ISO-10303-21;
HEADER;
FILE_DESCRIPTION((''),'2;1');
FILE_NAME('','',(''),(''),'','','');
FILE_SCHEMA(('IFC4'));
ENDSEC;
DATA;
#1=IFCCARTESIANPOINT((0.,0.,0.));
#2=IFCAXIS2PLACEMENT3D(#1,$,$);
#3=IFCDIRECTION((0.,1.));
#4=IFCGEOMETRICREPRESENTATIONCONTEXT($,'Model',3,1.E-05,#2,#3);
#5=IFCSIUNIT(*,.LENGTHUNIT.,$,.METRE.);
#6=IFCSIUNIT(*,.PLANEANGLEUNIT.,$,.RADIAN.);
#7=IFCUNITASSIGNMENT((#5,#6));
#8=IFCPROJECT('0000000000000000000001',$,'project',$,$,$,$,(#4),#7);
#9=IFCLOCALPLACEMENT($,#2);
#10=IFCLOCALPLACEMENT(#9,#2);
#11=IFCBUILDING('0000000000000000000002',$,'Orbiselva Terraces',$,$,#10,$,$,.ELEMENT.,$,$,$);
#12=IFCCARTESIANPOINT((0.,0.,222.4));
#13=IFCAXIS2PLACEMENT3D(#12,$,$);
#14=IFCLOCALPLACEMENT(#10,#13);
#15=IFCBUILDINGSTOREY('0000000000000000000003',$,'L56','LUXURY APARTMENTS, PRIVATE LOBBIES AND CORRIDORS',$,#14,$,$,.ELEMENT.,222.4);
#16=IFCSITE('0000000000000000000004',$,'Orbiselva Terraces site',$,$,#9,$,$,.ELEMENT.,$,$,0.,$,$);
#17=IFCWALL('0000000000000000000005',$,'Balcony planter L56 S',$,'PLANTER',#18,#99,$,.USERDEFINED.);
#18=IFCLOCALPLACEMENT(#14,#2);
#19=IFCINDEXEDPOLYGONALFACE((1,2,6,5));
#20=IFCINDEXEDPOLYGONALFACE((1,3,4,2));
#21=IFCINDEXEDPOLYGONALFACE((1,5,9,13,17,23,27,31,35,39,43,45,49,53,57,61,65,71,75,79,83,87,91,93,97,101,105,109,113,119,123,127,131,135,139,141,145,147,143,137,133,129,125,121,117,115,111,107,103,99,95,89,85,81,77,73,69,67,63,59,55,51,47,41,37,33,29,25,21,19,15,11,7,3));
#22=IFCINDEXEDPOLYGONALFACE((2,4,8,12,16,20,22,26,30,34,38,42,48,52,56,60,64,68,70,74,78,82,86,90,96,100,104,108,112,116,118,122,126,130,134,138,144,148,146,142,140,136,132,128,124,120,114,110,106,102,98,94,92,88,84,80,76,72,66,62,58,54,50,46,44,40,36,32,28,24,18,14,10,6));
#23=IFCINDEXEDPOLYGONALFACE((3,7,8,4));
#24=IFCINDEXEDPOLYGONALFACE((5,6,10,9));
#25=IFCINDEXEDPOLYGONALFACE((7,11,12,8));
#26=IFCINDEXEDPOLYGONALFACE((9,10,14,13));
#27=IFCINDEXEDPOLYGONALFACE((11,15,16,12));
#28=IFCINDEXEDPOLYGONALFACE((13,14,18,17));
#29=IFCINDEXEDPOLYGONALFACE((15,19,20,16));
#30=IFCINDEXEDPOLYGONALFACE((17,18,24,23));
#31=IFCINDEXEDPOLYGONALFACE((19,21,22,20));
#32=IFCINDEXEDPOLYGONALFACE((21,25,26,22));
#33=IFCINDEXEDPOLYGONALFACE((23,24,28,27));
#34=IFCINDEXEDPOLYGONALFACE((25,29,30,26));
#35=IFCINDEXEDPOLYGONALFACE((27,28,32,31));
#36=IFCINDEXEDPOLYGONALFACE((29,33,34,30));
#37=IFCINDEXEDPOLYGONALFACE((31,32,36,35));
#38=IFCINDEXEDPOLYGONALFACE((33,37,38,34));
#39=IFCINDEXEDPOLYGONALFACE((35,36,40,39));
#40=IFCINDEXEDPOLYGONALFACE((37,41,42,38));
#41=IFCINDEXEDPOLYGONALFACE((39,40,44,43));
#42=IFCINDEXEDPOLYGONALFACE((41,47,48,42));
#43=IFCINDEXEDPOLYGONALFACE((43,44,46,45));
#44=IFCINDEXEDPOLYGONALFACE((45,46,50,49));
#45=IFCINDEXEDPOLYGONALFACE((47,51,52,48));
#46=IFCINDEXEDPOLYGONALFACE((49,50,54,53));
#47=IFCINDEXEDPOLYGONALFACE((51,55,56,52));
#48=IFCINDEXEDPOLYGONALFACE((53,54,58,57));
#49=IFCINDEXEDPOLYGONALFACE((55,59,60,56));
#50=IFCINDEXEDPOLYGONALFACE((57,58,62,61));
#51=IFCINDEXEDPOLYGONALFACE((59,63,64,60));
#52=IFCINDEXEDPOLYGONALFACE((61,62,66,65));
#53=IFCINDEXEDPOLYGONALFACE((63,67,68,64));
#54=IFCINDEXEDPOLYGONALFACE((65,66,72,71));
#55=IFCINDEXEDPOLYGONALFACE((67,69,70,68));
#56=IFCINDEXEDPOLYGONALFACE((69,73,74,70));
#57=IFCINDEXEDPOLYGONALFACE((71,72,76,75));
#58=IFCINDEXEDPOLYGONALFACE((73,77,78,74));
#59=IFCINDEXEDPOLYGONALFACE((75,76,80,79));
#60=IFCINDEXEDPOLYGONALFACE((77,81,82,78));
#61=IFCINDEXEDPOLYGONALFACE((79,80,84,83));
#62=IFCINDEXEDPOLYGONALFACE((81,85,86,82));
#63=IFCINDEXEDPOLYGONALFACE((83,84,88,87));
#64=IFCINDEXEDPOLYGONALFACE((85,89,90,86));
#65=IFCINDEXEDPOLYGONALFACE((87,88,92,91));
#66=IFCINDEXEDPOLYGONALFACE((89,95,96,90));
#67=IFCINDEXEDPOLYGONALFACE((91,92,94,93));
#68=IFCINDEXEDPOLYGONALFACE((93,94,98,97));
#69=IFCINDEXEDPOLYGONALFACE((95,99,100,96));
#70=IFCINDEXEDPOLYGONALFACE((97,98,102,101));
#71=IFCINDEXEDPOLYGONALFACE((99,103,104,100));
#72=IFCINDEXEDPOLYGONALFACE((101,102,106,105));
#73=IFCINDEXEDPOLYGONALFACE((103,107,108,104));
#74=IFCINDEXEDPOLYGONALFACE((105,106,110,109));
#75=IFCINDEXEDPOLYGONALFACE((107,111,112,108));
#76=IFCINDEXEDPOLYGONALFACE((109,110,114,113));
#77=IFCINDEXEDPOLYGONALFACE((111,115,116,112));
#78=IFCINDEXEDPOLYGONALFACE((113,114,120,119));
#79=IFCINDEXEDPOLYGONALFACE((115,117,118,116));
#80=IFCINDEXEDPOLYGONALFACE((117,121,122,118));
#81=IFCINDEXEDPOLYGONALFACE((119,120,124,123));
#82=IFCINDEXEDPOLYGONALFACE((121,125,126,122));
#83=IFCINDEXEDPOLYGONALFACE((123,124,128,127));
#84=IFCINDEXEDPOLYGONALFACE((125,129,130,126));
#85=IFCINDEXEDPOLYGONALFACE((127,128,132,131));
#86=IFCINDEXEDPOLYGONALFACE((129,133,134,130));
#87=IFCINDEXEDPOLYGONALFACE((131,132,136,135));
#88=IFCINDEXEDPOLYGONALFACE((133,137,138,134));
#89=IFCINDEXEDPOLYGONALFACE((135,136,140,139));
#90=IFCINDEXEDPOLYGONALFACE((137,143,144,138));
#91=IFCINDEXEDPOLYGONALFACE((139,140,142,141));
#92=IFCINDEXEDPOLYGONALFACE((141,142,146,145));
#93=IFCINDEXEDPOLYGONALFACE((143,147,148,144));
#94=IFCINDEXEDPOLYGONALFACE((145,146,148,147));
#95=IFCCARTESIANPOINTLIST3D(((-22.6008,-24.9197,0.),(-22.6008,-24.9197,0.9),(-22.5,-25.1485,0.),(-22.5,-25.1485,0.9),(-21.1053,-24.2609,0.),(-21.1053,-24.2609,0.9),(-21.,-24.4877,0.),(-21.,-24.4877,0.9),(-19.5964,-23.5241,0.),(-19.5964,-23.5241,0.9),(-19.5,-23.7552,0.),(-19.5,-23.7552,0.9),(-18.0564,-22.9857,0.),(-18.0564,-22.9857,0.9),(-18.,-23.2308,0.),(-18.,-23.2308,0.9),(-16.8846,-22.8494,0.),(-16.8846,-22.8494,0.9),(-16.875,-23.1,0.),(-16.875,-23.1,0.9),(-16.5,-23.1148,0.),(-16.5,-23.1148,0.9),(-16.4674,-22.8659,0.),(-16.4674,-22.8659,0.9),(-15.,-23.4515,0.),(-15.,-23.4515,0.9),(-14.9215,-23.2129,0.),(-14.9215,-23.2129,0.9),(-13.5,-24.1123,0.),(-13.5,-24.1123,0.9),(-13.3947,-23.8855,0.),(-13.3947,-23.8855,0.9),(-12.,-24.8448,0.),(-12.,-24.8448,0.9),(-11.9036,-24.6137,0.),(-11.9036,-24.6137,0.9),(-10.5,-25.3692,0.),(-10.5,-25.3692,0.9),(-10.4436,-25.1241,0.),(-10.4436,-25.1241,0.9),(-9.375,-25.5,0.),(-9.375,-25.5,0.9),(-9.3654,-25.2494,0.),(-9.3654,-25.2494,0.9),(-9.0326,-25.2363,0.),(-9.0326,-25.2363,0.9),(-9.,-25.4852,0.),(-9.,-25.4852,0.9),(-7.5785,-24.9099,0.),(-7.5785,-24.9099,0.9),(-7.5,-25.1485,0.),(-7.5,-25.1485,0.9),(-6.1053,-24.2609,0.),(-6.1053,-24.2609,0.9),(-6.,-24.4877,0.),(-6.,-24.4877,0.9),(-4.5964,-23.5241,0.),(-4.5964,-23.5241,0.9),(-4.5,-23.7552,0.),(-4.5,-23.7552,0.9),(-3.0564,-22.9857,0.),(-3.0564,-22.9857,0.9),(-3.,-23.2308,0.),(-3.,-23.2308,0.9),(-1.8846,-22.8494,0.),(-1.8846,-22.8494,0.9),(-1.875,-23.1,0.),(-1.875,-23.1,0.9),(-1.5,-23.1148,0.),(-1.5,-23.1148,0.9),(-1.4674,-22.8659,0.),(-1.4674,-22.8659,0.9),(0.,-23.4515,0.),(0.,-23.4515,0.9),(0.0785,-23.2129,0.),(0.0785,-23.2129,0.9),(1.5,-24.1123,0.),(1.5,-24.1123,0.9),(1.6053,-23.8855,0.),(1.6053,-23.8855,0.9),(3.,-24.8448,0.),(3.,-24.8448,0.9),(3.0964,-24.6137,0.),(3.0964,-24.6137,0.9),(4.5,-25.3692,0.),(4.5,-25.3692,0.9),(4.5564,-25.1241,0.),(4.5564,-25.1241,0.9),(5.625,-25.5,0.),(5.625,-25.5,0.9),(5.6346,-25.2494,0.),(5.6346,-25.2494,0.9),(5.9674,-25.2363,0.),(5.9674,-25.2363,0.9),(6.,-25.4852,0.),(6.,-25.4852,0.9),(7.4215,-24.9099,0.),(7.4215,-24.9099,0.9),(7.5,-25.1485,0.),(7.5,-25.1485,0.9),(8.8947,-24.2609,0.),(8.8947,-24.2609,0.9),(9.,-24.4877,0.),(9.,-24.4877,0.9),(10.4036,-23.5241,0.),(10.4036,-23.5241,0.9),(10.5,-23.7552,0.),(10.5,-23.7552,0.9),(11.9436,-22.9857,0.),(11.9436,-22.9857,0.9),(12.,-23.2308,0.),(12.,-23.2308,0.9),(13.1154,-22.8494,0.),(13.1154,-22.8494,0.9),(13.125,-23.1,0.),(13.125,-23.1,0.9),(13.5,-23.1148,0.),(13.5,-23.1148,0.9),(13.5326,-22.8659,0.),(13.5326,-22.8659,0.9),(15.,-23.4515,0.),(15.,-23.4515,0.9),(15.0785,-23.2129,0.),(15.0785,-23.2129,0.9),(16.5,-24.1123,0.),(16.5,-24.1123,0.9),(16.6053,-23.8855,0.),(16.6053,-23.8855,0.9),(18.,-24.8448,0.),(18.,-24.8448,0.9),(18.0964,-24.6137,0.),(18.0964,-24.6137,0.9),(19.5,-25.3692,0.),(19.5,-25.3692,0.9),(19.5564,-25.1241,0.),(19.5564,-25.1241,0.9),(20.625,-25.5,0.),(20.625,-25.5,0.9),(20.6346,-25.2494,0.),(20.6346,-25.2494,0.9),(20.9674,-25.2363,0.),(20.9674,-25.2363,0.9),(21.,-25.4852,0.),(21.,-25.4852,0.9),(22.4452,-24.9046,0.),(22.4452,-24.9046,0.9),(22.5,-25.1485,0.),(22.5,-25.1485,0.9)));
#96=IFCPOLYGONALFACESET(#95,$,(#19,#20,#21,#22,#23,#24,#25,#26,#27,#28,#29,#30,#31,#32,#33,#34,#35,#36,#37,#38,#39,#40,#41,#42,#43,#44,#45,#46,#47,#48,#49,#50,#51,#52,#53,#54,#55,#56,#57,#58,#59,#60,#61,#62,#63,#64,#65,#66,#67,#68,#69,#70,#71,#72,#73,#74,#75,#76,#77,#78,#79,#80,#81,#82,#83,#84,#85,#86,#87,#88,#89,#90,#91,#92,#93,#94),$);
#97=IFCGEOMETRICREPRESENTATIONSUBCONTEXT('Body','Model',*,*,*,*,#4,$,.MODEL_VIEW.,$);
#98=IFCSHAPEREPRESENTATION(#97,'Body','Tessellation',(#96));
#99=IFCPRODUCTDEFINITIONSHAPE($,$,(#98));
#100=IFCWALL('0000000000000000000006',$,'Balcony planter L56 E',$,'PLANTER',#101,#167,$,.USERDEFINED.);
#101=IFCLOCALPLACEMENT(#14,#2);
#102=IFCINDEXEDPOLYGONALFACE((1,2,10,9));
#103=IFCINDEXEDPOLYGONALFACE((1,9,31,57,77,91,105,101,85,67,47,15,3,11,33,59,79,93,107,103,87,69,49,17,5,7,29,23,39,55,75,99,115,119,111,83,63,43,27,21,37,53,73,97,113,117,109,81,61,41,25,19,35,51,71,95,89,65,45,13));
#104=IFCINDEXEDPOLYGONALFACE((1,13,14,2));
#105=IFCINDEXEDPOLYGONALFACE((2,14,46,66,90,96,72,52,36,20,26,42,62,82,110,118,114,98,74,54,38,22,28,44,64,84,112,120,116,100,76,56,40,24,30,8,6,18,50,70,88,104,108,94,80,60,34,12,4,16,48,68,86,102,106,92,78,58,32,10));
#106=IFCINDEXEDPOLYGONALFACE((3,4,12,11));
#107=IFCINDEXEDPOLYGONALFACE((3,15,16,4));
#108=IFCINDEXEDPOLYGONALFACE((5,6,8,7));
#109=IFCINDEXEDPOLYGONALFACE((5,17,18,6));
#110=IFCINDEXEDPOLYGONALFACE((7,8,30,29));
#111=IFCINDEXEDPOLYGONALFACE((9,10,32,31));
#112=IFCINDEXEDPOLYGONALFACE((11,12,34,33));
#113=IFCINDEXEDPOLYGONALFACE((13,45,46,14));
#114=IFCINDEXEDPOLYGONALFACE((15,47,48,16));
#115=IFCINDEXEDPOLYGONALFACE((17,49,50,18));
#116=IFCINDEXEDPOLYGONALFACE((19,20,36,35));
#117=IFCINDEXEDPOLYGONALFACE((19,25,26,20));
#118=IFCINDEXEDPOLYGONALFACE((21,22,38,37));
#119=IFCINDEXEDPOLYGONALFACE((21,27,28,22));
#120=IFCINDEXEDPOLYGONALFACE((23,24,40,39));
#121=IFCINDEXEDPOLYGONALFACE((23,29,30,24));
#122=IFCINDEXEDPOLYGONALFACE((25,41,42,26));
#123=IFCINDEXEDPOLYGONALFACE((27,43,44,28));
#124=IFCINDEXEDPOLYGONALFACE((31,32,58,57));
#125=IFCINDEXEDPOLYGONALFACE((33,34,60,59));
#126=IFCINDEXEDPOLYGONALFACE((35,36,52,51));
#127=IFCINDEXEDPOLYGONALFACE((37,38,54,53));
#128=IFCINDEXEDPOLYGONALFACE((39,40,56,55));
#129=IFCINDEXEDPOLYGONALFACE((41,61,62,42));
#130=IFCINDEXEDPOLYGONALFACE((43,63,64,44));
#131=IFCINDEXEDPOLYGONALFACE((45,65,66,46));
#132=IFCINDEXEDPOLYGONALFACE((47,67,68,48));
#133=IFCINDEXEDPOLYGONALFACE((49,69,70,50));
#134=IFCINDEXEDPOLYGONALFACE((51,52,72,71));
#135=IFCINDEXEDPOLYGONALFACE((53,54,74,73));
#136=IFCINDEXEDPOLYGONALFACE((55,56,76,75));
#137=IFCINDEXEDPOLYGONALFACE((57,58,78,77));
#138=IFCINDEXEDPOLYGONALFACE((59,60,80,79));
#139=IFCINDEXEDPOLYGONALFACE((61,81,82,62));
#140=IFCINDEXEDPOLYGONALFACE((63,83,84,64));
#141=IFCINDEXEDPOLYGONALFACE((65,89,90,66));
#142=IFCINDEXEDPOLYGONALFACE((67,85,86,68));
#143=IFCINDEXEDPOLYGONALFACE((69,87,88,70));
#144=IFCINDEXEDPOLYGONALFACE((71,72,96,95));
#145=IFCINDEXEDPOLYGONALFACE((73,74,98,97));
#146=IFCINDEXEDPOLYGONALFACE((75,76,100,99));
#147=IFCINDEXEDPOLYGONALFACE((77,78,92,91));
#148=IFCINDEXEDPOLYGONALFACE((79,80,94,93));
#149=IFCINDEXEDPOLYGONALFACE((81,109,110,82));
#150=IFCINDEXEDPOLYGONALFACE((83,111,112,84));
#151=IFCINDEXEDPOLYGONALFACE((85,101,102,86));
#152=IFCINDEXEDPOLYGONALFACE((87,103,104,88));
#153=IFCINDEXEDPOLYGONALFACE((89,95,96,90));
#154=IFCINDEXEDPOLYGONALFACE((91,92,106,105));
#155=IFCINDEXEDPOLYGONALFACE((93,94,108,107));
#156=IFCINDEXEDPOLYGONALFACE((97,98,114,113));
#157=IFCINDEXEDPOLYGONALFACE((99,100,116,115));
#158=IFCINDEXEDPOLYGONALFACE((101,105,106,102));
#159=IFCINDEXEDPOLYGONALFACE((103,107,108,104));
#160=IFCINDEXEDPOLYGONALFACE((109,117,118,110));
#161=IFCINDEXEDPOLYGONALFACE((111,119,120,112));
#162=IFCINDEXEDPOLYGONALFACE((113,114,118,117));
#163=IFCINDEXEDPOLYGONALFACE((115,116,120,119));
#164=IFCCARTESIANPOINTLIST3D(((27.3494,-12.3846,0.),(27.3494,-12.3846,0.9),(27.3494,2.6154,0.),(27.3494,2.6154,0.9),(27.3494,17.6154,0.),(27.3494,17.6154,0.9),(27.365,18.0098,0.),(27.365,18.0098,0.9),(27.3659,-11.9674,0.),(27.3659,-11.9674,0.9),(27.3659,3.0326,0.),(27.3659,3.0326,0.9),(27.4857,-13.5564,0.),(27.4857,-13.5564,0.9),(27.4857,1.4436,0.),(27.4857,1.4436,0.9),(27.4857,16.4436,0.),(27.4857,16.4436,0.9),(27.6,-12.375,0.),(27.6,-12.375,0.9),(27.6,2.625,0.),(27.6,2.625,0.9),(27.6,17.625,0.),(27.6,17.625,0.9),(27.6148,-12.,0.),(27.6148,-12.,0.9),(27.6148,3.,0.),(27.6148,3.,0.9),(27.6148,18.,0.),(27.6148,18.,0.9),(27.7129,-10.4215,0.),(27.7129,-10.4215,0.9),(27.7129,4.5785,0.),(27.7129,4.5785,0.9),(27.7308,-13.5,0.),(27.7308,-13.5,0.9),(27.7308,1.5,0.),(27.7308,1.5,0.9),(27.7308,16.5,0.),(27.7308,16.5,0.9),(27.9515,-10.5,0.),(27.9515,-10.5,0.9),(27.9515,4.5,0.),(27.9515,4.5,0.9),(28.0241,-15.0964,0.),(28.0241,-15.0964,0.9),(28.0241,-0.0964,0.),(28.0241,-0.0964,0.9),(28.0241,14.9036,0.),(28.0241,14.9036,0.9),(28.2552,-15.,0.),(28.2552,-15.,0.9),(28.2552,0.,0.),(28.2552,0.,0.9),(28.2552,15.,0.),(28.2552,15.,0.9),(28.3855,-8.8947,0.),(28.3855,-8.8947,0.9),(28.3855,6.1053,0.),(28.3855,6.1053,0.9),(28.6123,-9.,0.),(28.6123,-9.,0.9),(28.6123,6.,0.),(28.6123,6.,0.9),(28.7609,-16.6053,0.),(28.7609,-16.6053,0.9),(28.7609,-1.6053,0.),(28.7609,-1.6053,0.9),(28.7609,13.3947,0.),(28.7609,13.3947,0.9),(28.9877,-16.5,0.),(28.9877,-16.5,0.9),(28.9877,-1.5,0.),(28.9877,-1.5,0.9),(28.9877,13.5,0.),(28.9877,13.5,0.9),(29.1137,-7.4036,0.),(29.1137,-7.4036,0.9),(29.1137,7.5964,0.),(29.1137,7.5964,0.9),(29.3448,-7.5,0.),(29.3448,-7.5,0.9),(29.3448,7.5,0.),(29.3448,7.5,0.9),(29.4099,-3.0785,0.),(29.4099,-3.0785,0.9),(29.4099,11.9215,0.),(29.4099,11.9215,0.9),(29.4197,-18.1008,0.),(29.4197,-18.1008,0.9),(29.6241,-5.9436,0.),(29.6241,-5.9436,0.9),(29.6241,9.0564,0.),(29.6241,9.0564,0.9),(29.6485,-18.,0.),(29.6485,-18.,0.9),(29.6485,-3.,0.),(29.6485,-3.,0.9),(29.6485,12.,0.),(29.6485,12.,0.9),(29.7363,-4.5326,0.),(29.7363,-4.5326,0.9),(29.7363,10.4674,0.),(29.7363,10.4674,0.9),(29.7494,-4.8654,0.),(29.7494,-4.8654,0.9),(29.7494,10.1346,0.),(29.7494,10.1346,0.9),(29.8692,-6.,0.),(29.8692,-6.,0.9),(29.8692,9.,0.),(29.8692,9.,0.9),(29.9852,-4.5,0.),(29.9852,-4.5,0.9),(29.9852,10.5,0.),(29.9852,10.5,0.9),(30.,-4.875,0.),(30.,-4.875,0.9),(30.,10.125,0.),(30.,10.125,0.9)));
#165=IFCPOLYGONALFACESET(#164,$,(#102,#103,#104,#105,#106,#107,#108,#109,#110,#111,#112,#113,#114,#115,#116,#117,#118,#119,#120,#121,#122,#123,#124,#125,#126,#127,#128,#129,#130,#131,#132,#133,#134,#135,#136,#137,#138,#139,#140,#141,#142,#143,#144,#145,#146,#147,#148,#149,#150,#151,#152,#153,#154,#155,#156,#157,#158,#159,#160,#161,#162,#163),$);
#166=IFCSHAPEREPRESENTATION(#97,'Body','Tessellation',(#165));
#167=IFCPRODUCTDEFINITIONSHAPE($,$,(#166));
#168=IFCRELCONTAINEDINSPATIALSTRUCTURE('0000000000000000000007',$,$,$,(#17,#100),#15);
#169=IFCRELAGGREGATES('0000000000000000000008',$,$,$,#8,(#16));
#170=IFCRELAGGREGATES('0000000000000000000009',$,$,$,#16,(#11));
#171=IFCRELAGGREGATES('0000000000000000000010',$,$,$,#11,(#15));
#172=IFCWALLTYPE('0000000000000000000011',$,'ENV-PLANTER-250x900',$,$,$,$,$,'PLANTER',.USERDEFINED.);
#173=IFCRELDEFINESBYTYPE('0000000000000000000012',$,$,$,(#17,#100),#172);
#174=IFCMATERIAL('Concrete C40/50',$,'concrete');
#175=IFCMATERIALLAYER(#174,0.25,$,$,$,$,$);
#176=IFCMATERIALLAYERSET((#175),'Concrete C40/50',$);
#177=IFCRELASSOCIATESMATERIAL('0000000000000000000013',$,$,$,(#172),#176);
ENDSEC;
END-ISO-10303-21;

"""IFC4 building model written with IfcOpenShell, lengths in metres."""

from ifc_helpers import new_model, si_unit, direction, frame, origin, place, context, subcontext, project, spatial, polyline, outline, extrude, material, layer, layer_set, type_object, element, save


model = new_model("IFC4")

# Units and contexts
model_context = context("Model", 3, precision=1e-05, world=origin(), true_north=direction((0.0, 1.0)))
body_context = subcontext(model_context, "Body", "Model", "MODEL_VIEW")
ifc_project = project(units=[si_unit("LENGTHUNIT", "METRE"), si_unit("PLANEANGLEUNIT", "RADIAN")], contexts=[model_context])

# Site, building, storey
site_placement = place(None, origin())
site = spatial("IfcSite", under=ifc_project, at=site_placement, Name="Orbiselva Terraces site", CompositionType="ELEMENT", RefElevation=0.0)
building_placement = place(site_placement, origin())
building = spatial("IfcBuilding", under=site, at=building_placement, Name="Orbiselva Terraces", CompositionType="ELEMENT")
storey_placement = place(building_placement, frame((0.0, 0.0, 222.4)))
storey = spatial("IfcBuildingStorey", under=building, at=storey_placement, Name="L56", Description="LUXURY APARTMENTS, PRIVATE LOBBIES AND CORRIDORS", CompositionType="ELEMENT", Elevation=222.4)

# Walls
ifc_material_1 = material(Name="Concrete C40/50", Category="concrete")
ifc_layer_1 = layer(ifc_material_1, 0.25)
ifc_layer_set_1 = layer_set([ifc_layer_1], Name="Concrete C40/50")
wall_type_1 = type_object("IfcWallType", Name="ENV-PLANTER-250x900", ElementType="PLANTER", PredefinedType="USERDEFINED", material=ifc_layer_set_1)
wall_1_placement = place(storey_placement, origin())
element("IfcWall", 1, at=wall_1_placement, inside=storey, type_object=wall_type_1, Name="Balcony planter L56 S", ObjectType="PLANTER", PredefinedType="USERDEFINED", context=body_context, shape_type="SweptSolid", body=[
    extrude(outline(polyline([(-22.5, -25.1485), (-21.0, -24.4877), (-19.5, -23.7552), (-18.0, -23.2308), (-16.875, -23.1), (-16.5, -23.1148), (-15.0, -23.4515), (-13.5, -24.1123), (-12.0, -24.8448), (-10.5, -25.3692), (-9.375, -25.5), (-9.0, -25.4852), (-7.5, -25.1485), (-6.0, -24.4877), (-4.5, -23.7552), (-3.0, -23.2308), (-1.875, -23.1), (-1.5, -23.1148), (0.0, -23.4515), (1.5, -24.1123), (3.0, -24.8448), (4.5, -25.3692), (5.625, -25.5), (6.0, -25.4852), (7.5, -25.1485), (9.0, -24.4877), (10.5, -23.7552), (12.0, -23.2308), (13.125, -23.1), (13.5, -23.1148), (15.0, -23.4515), (16.5, -24.1123), (18.0, -24.8448), (19.5, -25.3692), (20.625, -25.5), (21.0, -25.4852), (22.5, -25.1485), (22.4452, -24.9046), (20.9674, -25.2363), (20.6346, -25.2494), (19.5564, -25.1241), (18.0964, -24.6137), (16.6053, -23.8855), (15.0785, -23.2129), (13.5326, -22.8659), (13.1154, -22.8494), (11.9436, -22.9857), (10.4036, -23.5241), (8.8947, -24.2609), (7.4215, -24.9099), (5.9674, -25.2363), (5.6346, -25.2494), (4.5564, -25.1241), (3.0964, -24.6137), (1.6053, -23.8855), (0.0785, -23.2129), (-1.4674, -22.8659), (-1.8846, -22.8494), (-3.0564, -22.9857), (-4.5964, -23.5241), (-6.1053, -24.2609), (-7.5785, -24.9099), (-9.0326, -25.2363), (-9.3654, -25.2494), (-10.4436, -25.1241), (-11.9036, -24.6137), (-13.3947, -23.8855), (-14.9215, -23.2129), (-16.4674, -22.8659), (-16.8846, -22.8494), (-18.0564, -22.9857), (-19.5964, -23.5241), (-21.1053, -24.2609), (-22.6008, -24.9197), (-22.5, -25.1485)])), origin(), (0.0, 0.0, 1.0), 0.9),
])
wall_2_placement = place(storey_placement, origin())
element("IfcWall", 2, at=wall_2_placement, inside=storey, type_object=wall_type_1, Name="Balcony planter L56 E", ObjectType="PLANTER", PredefinedType="USERDEFINED", context=body_context, shape_type="SweptSolid", body=[
    extrude(outline(polyline([(29.6485, -18.0), (28.9877, -16.5), (28.2552, -15.0), (27.7308, -13.5), (27.6, -12.375), (27.6148, -12.0), (27.9515, -10.5), (28.6123, -9.0), (29.3448, -7.5), (29.8692, -6.0), (30.0, -4.875), (29.9852, -4.5), (29.6485, -3.0), (28.9877, -1.5), (28.2552, 0.0), (27.7308, 1.5), (27.6, 2.625), (27.6148, 3.0), (27.9515, 4.5), (28.6123, 6.0), (29.3448, 7.5), (29.8692, 9.0), (30.0, 10.125), (29.9852, 10.5), (29.6485, 12.0), (28.9877, 13.5), (28.2552, 15.0), (27.7308, 16.5), (27.6, 17.625), (27.6148, 18.0), (27.365, 18.0098), (27.3494, 17.6154), (27.4857, 16.4436), (28.0241, 14.9036), (28.7609, 13.3947), (29.4099, 11.9215), (29.7363, 10.4674), (29.7494, 10.1346), (29.6241, 9.0564), (29.1137, 7.5964), (28.3855, 6.1053), (27.7129, 4.5785), (27.3659, 3.0326), (27.3494, 2.6154), (27.4857, 1.4436), (28.0241, -0.0964), (28.7609, -1.6053), (29.4099, -3.0785), (29.7363, -4.5326), (29.7494, -4.8654), (29.6241, -5.9436), (29.1137, -7.4036), (28.3855, -8.8947), (27.7129, -10.4215), (27.3659, -11.9674), (27.3494, -12.3846), (27.4857, -13.5564), (28.0241, -15.0964), (28.7609, -16.6053), (29.4197, -18.1008), (29.6485, -18.0)])), origin(), (0.0, 0.0, 1.0), 0.9),
])

save(model, "model.ifc")
